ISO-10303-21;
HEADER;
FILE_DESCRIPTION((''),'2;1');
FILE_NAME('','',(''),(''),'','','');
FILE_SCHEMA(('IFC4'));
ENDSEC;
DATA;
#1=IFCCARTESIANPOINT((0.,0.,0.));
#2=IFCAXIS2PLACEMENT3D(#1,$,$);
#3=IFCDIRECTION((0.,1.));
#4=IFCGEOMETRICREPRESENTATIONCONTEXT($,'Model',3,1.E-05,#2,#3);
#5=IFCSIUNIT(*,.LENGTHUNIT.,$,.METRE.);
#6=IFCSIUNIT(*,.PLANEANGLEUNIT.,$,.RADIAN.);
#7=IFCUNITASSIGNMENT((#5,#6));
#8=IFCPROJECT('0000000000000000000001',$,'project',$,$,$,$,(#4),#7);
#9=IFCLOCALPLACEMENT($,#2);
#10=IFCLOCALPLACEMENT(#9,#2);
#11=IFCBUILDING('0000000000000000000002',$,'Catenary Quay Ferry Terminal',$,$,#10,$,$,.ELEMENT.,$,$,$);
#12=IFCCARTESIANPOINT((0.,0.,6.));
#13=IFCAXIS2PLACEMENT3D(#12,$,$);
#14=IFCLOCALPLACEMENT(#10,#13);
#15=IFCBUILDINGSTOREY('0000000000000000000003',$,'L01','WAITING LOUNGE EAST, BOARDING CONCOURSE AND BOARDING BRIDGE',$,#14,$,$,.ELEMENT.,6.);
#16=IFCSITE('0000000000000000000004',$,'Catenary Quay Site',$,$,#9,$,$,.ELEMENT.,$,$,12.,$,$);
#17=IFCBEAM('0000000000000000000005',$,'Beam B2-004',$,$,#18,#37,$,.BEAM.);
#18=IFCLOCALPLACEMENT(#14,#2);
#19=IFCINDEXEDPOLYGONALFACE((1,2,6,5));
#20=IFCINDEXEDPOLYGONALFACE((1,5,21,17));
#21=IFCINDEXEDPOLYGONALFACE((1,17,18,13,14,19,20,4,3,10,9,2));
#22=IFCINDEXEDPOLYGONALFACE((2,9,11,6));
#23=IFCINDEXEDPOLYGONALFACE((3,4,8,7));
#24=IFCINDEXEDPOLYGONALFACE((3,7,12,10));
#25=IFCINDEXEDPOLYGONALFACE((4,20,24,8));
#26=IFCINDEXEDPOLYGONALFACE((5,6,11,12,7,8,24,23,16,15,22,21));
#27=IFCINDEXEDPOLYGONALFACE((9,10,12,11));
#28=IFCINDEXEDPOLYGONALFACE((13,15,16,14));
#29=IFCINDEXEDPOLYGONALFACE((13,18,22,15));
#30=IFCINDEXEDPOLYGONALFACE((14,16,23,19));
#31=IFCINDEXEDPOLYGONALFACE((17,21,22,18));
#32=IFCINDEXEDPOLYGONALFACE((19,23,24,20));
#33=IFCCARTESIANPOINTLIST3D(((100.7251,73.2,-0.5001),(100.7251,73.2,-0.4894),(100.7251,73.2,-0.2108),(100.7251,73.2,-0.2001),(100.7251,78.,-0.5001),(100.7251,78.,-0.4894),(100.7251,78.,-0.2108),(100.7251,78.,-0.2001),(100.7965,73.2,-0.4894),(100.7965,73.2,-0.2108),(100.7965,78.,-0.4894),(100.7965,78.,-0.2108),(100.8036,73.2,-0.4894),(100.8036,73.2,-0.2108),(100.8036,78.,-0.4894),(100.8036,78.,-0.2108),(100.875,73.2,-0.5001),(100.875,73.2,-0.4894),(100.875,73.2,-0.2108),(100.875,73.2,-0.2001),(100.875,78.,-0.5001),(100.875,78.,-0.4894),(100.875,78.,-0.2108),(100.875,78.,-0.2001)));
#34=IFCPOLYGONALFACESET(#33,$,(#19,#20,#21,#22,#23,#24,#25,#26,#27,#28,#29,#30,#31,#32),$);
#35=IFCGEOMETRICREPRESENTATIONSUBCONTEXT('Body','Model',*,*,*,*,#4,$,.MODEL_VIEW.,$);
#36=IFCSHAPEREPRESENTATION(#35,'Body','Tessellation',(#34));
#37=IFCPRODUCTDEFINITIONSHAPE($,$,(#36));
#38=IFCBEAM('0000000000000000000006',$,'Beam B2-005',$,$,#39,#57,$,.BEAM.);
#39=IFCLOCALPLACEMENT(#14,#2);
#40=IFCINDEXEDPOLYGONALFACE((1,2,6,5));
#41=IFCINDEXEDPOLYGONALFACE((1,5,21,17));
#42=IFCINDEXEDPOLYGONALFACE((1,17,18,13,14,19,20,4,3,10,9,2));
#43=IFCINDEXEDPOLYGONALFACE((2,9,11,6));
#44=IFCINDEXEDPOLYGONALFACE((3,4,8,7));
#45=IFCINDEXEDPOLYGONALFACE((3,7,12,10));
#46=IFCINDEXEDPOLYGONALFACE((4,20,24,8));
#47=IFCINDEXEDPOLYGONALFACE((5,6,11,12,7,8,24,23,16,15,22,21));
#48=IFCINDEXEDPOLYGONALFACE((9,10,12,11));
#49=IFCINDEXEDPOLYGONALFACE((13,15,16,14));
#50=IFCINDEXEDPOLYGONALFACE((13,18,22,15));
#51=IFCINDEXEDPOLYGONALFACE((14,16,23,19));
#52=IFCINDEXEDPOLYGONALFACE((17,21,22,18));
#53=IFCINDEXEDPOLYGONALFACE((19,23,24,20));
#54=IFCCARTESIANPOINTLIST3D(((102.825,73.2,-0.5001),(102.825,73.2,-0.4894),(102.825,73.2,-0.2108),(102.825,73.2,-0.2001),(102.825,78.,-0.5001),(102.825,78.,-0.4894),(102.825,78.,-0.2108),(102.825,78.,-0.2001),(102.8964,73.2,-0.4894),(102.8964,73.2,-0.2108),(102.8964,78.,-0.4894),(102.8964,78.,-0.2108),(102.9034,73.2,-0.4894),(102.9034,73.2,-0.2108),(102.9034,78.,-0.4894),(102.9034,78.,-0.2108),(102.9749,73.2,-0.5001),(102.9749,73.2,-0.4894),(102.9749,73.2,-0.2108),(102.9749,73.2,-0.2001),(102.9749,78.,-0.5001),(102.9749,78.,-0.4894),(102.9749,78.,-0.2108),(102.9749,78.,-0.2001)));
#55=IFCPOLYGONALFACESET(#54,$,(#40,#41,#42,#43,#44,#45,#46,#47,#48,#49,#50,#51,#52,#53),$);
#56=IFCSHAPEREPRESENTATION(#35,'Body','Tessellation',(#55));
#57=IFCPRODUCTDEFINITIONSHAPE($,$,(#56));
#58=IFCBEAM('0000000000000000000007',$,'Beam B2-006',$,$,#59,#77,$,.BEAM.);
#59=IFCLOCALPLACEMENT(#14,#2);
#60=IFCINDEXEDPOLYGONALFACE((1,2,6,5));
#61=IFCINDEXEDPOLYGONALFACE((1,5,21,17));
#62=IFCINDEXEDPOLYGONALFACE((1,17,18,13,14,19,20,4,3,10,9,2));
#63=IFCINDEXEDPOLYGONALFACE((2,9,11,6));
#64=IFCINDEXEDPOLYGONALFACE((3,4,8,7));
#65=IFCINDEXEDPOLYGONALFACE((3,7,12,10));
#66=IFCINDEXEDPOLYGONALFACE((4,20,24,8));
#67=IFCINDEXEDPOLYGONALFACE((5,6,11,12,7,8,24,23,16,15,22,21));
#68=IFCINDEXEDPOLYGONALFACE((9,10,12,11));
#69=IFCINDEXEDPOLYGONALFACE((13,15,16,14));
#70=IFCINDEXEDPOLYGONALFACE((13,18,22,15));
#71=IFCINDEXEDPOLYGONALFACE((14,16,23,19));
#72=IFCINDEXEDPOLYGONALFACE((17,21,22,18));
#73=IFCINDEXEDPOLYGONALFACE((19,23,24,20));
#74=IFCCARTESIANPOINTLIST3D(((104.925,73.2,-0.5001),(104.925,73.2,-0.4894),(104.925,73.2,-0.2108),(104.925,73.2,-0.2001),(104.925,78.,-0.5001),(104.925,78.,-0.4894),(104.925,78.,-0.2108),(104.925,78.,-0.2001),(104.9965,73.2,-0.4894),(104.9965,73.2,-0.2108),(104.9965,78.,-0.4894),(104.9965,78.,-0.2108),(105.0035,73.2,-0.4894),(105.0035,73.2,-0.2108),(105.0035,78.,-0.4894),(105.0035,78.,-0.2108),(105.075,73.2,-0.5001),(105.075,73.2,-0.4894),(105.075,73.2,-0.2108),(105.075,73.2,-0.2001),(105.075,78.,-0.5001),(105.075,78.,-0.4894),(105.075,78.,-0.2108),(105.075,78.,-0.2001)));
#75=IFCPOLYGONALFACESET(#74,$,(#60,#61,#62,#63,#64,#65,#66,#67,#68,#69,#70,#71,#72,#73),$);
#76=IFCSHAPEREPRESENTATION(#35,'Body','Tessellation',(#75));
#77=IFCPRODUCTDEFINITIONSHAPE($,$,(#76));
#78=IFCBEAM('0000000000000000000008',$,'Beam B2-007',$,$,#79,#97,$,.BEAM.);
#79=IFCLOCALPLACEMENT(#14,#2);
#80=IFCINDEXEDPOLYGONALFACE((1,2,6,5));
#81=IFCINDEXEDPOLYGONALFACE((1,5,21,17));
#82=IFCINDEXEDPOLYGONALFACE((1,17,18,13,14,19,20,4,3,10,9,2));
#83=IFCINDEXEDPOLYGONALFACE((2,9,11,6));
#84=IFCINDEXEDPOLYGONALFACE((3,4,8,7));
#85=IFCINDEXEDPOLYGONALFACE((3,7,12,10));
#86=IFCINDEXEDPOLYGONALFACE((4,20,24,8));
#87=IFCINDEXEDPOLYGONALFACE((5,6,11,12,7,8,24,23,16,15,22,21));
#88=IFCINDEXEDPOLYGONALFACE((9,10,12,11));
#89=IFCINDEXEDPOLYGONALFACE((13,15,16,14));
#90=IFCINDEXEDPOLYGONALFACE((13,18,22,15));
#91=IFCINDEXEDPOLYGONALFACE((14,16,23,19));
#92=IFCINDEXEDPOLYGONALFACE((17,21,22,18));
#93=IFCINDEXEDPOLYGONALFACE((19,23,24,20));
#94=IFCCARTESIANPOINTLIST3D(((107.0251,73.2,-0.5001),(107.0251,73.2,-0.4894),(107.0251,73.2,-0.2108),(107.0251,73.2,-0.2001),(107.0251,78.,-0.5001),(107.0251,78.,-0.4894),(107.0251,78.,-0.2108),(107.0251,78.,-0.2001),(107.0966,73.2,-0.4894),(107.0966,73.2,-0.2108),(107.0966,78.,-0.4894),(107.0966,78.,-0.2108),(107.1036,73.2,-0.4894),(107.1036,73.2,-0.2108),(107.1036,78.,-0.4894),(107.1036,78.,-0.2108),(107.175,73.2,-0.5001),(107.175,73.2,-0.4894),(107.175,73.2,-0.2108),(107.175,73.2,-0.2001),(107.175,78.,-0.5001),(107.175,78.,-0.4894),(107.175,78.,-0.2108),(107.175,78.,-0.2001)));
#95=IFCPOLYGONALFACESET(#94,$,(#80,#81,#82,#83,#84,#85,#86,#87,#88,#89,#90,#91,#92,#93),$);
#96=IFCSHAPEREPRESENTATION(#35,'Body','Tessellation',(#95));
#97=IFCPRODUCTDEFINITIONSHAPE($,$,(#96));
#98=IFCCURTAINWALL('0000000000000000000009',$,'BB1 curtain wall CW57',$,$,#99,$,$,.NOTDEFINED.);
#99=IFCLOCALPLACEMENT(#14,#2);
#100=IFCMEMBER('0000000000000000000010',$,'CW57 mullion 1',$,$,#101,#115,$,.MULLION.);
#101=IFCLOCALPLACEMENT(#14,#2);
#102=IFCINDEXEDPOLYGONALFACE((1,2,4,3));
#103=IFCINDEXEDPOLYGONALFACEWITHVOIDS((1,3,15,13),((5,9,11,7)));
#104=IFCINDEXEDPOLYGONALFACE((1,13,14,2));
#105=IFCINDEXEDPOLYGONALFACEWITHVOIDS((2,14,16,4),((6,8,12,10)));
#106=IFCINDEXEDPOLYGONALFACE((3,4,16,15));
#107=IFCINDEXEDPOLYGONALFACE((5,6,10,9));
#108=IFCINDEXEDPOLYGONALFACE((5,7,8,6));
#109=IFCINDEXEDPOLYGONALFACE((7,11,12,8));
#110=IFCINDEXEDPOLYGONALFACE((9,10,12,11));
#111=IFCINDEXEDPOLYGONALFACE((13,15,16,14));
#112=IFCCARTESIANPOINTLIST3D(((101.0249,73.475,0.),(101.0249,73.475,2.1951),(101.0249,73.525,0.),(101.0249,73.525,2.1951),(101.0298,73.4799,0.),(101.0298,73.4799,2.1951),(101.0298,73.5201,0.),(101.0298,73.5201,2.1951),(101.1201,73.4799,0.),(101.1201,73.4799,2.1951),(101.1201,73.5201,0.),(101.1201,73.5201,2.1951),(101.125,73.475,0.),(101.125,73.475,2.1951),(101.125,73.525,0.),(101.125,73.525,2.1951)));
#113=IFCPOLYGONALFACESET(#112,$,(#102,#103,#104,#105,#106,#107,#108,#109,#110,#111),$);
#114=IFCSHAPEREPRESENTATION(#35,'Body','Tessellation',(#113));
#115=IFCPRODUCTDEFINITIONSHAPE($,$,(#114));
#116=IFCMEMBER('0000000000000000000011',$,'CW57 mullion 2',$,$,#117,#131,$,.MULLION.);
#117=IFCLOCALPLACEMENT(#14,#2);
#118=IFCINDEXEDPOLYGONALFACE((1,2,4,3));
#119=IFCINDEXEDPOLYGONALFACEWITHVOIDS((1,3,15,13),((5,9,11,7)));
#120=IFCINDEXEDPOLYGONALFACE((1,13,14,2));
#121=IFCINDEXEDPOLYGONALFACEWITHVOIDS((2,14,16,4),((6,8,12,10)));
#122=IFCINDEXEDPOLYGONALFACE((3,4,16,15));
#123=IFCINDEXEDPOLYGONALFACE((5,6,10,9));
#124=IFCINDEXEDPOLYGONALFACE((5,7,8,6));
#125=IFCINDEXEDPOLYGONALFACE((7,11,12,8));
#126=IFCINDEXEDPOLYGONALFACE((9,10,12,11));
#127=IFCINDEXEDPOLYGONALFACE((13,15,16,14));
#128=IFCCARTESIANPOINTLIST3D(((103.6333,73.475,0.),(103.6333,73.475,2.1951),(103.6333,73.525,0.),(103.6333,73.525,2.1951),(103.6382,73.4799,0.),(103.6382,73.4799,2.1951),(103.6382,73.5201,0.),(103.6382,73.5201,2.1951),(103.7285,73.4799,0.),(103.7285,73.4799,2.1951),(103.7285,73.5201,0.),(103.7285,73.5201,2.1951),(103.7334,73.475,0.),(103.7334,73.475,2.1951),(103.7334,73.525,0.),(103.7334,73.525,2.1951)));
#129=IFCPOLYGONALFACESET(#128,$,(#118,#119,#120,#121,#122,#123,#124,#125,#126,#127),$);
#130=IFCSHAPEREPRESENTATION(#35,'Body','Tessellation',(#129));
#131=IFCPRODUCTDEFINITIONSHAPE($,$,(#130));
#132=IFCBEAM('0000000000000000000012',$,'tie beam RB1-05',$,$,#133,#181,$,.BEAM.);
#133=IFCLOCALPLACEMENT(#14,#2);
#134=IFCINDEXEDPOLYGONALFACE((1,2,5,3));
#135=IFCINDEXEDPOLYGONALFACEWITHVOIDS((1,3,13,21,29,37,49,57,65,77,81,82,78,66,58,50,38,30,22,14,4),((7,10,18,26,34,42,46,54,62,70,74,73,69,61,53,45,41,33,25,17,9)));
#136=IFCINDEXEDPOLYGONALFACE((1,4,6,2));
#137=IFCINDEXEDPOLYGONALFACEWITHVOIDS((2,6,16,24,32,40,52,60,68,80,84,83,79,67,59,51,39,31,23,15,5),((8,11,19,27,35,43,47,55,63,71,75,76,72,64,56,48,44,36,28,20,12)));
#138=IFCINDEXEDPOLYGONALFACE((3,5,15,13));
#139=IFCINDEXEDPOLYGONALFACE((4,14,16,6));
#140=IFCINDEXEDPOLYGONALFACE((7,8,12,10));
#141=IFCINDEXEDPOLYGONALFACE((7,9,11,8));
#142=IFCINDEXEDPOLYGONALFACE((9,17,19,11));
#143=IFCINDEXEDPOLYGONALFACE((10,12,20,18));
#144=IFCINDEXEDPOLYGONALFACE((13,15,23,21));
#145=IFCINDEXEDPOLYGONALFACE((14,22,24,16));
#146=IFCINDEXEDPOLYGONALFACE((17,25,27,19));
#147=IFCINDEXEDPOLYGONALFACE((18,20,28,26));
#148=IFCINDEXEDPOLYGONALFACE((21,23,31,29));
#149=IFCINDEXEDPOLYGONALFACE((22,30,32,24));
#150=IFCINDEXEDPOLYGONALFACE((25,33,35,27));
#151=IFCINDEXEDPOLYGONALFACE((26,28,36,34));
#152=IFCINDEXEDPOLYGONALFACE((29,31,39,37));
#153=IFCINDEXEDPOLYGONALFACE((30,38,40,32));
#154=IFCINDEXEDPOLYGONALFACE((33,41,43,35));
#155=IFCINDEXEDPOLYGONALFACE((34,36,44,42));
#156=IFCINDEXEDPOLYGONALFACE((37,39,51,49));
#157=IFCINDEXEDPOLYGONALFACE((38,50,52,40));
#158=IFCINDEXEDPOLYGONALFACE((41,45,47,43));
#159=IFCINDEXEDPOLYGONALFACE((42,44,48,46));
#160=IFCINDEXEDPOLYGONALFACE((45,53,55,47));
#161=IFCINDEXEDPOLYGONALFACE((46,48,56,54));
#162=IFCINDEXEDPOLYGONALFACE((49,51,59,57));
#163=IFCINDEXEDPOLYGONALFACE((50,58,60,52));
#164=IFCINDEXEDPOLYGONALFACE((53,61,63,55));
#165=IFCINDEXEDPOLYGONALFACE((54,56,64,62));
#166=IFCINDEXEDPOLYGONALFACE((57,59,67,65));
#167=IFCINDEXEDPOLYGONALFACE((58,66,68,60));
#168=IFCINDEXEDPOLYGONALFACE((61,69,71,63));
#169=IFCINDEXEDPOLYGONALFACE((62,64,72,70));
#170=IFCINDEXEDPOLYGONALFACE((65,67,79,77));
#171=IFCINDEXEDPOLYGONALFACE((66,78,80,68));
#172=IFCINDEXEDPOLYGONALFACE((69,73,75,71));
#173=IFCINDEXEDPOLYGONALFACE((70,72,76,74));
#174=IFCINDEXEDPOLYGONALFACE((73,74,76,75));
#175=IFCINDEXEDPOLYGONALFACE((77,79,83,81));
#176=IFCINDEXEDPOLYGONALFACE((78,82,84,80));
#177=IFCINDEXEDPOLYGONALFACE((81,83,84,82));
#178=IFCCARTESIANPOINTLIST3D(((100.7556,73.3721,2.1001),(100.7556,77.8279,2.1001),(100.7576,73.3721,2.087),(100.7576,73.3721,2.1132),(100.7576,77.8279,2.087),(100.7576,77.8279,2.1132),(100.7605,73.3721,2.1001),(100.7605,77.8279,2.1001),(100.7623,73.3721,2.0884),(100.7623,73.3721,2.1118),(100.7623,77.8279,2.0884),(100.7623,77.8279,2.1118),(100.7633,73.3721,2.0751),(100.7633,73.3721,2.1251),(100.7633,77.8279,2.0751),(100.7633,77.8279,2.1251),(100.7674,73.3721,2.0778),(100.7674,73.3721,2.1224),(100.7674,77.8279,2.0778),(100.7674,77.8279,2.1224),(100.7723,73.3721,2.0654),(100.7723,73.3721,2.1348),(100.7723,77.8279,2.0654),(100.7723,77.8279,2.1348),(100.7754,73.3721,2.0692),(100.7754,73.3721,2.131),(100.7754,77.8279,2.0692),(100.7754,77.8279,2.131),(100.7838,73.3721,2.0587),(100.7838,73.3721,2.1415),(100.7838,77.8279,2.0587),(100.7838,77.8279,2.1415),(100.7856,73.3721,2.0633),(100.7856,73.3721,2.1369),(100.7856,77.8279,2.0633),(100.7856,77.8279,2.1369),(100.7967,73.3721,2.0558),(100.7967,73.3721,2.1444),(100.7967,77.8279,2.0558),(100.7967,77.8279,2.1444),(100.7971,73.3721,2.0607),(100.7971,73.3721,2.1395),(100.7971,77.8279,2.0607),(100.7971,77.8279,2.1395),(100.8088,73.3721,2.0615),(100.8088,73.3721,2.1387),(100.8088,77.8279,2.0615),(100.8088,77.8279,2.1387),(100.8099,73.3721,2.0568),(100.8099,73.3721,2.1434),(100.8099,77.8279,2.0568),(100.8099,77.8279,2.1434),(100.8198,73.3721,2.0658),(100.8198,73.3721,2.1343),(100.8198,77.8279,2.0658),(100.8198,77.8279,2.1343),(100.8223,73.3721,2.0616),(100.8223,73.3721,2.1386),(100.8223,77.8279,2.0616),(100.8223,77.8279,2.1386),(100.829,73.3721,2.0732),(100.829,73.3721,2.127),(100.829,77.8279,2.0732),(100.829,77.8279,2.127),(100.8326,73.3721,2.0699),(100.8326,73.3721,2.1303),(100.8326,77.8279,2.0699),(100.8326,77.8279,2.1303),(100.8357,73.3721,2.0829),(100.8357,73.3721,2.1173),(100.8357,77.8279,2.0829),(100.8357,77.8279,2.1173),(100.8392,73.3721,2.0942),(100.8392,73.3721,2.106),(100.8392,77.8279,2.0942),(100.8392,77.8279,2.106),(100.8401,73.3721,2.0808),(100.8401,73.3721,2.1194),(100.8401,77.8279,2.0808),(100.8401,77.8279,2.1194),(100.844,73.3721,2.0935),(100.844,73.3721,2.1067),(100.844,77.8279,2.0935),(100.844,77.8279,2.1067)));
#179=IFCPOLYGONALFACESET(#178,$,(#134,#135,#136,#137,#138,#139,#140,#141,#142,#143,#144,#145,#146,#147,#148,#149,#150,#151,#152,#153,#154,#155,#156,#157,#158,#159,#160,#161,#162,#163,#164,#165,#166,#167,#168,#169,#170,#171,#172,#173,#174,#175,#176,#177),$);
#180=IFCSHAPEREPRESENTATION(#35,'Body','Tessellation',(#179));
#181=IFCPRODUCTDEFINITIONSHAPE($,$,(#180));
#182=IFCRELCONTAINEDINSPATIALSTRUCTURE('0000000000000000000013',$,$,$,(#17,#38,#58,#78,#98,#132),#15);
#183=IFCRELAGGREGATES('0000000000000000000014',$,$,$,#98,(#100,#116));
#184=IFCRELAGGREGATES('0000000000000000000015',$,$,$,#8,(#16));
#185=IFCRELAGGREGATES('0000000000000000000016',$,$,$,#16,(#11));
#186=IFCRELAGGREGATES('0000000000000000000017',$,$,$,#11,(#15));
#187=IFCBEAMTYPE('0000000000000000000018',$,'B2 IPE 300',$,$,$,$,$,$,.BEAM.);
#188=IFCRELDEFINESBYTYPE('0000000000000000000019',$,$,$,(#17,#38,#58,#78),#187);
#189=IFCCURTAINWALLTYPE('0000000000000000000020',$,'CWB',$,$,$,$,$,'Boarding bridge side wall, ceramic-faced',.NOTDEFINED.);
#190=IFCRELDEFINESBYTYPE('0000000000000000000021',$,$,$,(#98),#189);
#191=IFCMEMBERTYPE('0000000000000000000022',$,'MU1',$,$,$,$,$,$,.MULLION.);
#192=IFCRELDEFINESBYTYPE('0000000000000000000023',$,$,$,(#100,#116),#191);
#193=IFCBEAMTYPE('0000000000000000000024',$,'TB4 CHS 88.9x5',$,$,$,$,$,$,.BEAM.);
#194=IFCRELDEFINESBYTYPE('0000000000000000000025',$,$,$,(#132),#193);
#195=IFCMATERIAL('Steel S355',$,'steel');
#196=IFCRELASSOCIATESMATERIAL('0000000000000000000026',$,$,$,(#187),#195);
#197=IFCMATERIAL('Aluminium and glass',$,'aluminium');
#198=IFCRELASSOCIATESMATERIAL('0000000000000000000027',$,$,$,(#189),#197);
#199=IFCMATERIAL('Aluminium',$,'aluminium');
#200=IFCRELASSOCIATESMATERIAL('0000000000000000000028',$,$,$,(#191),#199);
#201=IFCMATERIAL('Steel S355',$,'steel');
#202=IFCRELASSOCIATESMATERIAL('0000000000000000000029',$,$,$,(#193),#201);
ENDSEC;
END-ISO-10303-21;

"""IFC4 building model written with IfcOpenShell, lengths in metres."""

from ifc_helpers import new_model, si_unit, direction, frame, origin, origin_2d, place, context, subcontext, project, spatial, hollow_rectangle, hollow_circle, i_section, extrude, material, material_profile, profile_set, type_object, element, aggregate, save


model = new_model("IFC4")

# Units and contexts
model_context = context("Model", 3, precision=1e-05, world=origin(), true_north=direction((0.0, 1.0)))
body_context = subcontext(model_context, "Body", "Model", "MODEL_VIEW")
ifc_project = project(units=[si_unit("LENGTHUNIT", "METRE"), si_unit("PLANEANGLEUNIT", "RADIAN")], contexts=[model_context])

# Site, building, storey
site_placement = place(None, origin())
site = spatial("IfcSite", under=ifc_project, at=site_placement, Name="Catenary Quay Site", CompositionType="ELEMENT", RefElevation=12.0)
building_placement = place(site_placement, origin())
building = spatial("IfcBuilding", under=site, at=building_placement, Name="Catenary Quay Ferry Terminal", CompositionType="ELEMENT")
storey_placement = place(building_placement, frame((0.0, 0.0, 6.0)))
storey = spatial("IfcBuildingStorey", under=building, at=storey_placement, Name="L01", Description="WAITING LOUNGE EAST, BOARDING CONCOURSE AND BOARDING BRIDGE", CompositionType="ELEMENT", Elevation=6.0)

# Beams
ifc_material_1 = material(Name="Steel S355", Category="steel")
ifc_material_profile_1 = material_profile(ifc_material_1, i_section(OverallWidth=0.1499, OverallDepth=0.3, WebThickness=0.0071, FlangeThickness=0.0107, at=origin_2d()), Name="IPE 300")
ifc_profile_set_1 = profile_set([ifc_material_profile_1], Name="Steel S355")
beam_type_1 = type_object("IfcBeamType", Name="B2 IPE 300", PredefinedType="BEAM", material=ifc_profile_set_1)
for number, where, z_axis, x_axis, name in (
    (1, (100.8, 73.2, -0.3501), (0.0, 1.0, 0.0), (-1.0, 0.0, 0.0), "Beam B2-004"),
    (2, (102.8999, 73.2, -0.3501), (0.0, 1.0, 0.0), (-1.0, 0.0, 0.0), "Beam B2-005"),
    (3, (105.0, 73.2, -0.3501), (0.0, 1.0, 0.0), (-1.0, 0.0, 0.0), "Beam B2-006"),
    (4, (107.1001, 73.2, -0.3501), (0.0, 1.0, 0.0), (-1.0, 0.0, 0.0), "Beam B2-007"),
):
    element("IfcBeam", number, at=place(storey_placement, frame(where, z_axis=z_axis, x_axis=x_axis)), inside=storey, type_object=beam_type_1, Name=name, PredefinedType="BEAM", context=body_context, shape_type="SweptSolid", body=[
        extrude(i_section(OverallWidth=0.1499, OverallDepth=0.3, WebThickness=0.0071, FlangeThickness=0.0107, at=origin_2d()), origin(), (0.0, 0.0, 1.0), 4.8),
    ])

# Curtain wall, members
ifc_material_2 = material(Name="Aluminium and glass", Category="aluminium")
curtain_wall_type = type_object("IfcCurtainWallType", Name="CWB", ElementType="Boarding bridge side wall, ceramic-faced", PredefinedType="NOTDEFINED", material=ifc_material_2)
curtain_wall_placement = place(storey_placement, origin())
curtain_wall = element("IfcCurtainWall", 5, at=curtain_wall_placement, inside=storey, type_object=curtain_wall_type, Name="BB1 curtain wall CW57", PredefinedType="NOTDEFINED")
ifc_material_3 = material(Name="Aluminium", Category="aluminium")
ifc_material_profile_2 = material_profile(ifc_material_3, hollow_rectangle(XDim=0.05, YDim=0.1001, WallThickness=0.0049, at=origin_2d()), Name="MU1")
ifc_profile_set_2 = profile_set([ifc_material_profile_2], Name="Aluminium")
member_type_1 = type_object("IfcMemberType", Name="MU1", PredefinedType="MULLION", material=ifc_profile_set_2)
member_1_placement = place(storey_placement, frame((101.075, 73.5, 0.0), z_axis=(0.0, 0.0, 1.0), x_axis=(0.0, 1.0, 0.0)))
member_1 = element("IfcMember", 6, at=member_1_placement, type_object=member_type_1, Name="CW57 mullion 1", PredefinedType="MULLION", context=body_context, shape_type="SweptSolid", body=[
    extrude(hollow_rectangle(XDim=0.05, YDim=0.1001, WallThickness=0.0049, at=origin_2d()), origin(), (0.0, 0.0, 1.0), 2.1951),
])
member_2_placement = place(storey_placement, frame((103.6833, 73.5, 0.0), z_axis=(0.0, 0.0, 1.0), x_axis=(0.0, 1.0, 0.0)))
member_2 = element("IfcMember", 7, at=member_2_placement, type_object=member_type_1, Name="CW57 mullion 2", PredefinedType="MULLION", context=body_context, shape_type="SweptSolid", body=[
    extrude(hollow_rectangle(XDim=0.05, YDim=0.1001, WallThickness=0.0049, at=origin_2d()), origin(), (0.0, 0.0, 1.0), 2.1951),
])

# Beam
ifc_material_4 = material(Name="Steel S355", Category="steel")
ifc_material_profile_3 = material_profile(ifc_material_4, hollow_circle(Radius=0.0444, WallThickness=0.0049, at=origin_2d()), Name="CHS 88.9x5")
ifc_profile_set_3 = profile_set([ifc_material_profile_3], Name="Steel S355")
beam_type_2 = type_object("IfcBeamType", Name="TB4 CHS 88.9x5", PredefinedType="BEAM", material=ifc_profile_set_3)
beam_placement = place(storey_placement, frame((100.8, 73.3721, 2.1001), z_axis=(0.0, 1.0, 0.0), x_axis=(-1.0, 0.0, 0.0)))
element("IfcBeam", 8, at=beam_placement, inside=storey, type_object=beam_type_2, Name="tie beam RB1-05", PredefinedType="BEAM", context=body_context, shape_type="SweptSolid", body=[
    extrude(hollow_circle(Radius=0.0444, WallThickness=0.0049, at=origin_2d()), origin(), (0.0, 0.0, 1.0), 4.4558),
])

aggregate(curtain_wall, [member_1, member_2])

save(model, "model.ifc")
